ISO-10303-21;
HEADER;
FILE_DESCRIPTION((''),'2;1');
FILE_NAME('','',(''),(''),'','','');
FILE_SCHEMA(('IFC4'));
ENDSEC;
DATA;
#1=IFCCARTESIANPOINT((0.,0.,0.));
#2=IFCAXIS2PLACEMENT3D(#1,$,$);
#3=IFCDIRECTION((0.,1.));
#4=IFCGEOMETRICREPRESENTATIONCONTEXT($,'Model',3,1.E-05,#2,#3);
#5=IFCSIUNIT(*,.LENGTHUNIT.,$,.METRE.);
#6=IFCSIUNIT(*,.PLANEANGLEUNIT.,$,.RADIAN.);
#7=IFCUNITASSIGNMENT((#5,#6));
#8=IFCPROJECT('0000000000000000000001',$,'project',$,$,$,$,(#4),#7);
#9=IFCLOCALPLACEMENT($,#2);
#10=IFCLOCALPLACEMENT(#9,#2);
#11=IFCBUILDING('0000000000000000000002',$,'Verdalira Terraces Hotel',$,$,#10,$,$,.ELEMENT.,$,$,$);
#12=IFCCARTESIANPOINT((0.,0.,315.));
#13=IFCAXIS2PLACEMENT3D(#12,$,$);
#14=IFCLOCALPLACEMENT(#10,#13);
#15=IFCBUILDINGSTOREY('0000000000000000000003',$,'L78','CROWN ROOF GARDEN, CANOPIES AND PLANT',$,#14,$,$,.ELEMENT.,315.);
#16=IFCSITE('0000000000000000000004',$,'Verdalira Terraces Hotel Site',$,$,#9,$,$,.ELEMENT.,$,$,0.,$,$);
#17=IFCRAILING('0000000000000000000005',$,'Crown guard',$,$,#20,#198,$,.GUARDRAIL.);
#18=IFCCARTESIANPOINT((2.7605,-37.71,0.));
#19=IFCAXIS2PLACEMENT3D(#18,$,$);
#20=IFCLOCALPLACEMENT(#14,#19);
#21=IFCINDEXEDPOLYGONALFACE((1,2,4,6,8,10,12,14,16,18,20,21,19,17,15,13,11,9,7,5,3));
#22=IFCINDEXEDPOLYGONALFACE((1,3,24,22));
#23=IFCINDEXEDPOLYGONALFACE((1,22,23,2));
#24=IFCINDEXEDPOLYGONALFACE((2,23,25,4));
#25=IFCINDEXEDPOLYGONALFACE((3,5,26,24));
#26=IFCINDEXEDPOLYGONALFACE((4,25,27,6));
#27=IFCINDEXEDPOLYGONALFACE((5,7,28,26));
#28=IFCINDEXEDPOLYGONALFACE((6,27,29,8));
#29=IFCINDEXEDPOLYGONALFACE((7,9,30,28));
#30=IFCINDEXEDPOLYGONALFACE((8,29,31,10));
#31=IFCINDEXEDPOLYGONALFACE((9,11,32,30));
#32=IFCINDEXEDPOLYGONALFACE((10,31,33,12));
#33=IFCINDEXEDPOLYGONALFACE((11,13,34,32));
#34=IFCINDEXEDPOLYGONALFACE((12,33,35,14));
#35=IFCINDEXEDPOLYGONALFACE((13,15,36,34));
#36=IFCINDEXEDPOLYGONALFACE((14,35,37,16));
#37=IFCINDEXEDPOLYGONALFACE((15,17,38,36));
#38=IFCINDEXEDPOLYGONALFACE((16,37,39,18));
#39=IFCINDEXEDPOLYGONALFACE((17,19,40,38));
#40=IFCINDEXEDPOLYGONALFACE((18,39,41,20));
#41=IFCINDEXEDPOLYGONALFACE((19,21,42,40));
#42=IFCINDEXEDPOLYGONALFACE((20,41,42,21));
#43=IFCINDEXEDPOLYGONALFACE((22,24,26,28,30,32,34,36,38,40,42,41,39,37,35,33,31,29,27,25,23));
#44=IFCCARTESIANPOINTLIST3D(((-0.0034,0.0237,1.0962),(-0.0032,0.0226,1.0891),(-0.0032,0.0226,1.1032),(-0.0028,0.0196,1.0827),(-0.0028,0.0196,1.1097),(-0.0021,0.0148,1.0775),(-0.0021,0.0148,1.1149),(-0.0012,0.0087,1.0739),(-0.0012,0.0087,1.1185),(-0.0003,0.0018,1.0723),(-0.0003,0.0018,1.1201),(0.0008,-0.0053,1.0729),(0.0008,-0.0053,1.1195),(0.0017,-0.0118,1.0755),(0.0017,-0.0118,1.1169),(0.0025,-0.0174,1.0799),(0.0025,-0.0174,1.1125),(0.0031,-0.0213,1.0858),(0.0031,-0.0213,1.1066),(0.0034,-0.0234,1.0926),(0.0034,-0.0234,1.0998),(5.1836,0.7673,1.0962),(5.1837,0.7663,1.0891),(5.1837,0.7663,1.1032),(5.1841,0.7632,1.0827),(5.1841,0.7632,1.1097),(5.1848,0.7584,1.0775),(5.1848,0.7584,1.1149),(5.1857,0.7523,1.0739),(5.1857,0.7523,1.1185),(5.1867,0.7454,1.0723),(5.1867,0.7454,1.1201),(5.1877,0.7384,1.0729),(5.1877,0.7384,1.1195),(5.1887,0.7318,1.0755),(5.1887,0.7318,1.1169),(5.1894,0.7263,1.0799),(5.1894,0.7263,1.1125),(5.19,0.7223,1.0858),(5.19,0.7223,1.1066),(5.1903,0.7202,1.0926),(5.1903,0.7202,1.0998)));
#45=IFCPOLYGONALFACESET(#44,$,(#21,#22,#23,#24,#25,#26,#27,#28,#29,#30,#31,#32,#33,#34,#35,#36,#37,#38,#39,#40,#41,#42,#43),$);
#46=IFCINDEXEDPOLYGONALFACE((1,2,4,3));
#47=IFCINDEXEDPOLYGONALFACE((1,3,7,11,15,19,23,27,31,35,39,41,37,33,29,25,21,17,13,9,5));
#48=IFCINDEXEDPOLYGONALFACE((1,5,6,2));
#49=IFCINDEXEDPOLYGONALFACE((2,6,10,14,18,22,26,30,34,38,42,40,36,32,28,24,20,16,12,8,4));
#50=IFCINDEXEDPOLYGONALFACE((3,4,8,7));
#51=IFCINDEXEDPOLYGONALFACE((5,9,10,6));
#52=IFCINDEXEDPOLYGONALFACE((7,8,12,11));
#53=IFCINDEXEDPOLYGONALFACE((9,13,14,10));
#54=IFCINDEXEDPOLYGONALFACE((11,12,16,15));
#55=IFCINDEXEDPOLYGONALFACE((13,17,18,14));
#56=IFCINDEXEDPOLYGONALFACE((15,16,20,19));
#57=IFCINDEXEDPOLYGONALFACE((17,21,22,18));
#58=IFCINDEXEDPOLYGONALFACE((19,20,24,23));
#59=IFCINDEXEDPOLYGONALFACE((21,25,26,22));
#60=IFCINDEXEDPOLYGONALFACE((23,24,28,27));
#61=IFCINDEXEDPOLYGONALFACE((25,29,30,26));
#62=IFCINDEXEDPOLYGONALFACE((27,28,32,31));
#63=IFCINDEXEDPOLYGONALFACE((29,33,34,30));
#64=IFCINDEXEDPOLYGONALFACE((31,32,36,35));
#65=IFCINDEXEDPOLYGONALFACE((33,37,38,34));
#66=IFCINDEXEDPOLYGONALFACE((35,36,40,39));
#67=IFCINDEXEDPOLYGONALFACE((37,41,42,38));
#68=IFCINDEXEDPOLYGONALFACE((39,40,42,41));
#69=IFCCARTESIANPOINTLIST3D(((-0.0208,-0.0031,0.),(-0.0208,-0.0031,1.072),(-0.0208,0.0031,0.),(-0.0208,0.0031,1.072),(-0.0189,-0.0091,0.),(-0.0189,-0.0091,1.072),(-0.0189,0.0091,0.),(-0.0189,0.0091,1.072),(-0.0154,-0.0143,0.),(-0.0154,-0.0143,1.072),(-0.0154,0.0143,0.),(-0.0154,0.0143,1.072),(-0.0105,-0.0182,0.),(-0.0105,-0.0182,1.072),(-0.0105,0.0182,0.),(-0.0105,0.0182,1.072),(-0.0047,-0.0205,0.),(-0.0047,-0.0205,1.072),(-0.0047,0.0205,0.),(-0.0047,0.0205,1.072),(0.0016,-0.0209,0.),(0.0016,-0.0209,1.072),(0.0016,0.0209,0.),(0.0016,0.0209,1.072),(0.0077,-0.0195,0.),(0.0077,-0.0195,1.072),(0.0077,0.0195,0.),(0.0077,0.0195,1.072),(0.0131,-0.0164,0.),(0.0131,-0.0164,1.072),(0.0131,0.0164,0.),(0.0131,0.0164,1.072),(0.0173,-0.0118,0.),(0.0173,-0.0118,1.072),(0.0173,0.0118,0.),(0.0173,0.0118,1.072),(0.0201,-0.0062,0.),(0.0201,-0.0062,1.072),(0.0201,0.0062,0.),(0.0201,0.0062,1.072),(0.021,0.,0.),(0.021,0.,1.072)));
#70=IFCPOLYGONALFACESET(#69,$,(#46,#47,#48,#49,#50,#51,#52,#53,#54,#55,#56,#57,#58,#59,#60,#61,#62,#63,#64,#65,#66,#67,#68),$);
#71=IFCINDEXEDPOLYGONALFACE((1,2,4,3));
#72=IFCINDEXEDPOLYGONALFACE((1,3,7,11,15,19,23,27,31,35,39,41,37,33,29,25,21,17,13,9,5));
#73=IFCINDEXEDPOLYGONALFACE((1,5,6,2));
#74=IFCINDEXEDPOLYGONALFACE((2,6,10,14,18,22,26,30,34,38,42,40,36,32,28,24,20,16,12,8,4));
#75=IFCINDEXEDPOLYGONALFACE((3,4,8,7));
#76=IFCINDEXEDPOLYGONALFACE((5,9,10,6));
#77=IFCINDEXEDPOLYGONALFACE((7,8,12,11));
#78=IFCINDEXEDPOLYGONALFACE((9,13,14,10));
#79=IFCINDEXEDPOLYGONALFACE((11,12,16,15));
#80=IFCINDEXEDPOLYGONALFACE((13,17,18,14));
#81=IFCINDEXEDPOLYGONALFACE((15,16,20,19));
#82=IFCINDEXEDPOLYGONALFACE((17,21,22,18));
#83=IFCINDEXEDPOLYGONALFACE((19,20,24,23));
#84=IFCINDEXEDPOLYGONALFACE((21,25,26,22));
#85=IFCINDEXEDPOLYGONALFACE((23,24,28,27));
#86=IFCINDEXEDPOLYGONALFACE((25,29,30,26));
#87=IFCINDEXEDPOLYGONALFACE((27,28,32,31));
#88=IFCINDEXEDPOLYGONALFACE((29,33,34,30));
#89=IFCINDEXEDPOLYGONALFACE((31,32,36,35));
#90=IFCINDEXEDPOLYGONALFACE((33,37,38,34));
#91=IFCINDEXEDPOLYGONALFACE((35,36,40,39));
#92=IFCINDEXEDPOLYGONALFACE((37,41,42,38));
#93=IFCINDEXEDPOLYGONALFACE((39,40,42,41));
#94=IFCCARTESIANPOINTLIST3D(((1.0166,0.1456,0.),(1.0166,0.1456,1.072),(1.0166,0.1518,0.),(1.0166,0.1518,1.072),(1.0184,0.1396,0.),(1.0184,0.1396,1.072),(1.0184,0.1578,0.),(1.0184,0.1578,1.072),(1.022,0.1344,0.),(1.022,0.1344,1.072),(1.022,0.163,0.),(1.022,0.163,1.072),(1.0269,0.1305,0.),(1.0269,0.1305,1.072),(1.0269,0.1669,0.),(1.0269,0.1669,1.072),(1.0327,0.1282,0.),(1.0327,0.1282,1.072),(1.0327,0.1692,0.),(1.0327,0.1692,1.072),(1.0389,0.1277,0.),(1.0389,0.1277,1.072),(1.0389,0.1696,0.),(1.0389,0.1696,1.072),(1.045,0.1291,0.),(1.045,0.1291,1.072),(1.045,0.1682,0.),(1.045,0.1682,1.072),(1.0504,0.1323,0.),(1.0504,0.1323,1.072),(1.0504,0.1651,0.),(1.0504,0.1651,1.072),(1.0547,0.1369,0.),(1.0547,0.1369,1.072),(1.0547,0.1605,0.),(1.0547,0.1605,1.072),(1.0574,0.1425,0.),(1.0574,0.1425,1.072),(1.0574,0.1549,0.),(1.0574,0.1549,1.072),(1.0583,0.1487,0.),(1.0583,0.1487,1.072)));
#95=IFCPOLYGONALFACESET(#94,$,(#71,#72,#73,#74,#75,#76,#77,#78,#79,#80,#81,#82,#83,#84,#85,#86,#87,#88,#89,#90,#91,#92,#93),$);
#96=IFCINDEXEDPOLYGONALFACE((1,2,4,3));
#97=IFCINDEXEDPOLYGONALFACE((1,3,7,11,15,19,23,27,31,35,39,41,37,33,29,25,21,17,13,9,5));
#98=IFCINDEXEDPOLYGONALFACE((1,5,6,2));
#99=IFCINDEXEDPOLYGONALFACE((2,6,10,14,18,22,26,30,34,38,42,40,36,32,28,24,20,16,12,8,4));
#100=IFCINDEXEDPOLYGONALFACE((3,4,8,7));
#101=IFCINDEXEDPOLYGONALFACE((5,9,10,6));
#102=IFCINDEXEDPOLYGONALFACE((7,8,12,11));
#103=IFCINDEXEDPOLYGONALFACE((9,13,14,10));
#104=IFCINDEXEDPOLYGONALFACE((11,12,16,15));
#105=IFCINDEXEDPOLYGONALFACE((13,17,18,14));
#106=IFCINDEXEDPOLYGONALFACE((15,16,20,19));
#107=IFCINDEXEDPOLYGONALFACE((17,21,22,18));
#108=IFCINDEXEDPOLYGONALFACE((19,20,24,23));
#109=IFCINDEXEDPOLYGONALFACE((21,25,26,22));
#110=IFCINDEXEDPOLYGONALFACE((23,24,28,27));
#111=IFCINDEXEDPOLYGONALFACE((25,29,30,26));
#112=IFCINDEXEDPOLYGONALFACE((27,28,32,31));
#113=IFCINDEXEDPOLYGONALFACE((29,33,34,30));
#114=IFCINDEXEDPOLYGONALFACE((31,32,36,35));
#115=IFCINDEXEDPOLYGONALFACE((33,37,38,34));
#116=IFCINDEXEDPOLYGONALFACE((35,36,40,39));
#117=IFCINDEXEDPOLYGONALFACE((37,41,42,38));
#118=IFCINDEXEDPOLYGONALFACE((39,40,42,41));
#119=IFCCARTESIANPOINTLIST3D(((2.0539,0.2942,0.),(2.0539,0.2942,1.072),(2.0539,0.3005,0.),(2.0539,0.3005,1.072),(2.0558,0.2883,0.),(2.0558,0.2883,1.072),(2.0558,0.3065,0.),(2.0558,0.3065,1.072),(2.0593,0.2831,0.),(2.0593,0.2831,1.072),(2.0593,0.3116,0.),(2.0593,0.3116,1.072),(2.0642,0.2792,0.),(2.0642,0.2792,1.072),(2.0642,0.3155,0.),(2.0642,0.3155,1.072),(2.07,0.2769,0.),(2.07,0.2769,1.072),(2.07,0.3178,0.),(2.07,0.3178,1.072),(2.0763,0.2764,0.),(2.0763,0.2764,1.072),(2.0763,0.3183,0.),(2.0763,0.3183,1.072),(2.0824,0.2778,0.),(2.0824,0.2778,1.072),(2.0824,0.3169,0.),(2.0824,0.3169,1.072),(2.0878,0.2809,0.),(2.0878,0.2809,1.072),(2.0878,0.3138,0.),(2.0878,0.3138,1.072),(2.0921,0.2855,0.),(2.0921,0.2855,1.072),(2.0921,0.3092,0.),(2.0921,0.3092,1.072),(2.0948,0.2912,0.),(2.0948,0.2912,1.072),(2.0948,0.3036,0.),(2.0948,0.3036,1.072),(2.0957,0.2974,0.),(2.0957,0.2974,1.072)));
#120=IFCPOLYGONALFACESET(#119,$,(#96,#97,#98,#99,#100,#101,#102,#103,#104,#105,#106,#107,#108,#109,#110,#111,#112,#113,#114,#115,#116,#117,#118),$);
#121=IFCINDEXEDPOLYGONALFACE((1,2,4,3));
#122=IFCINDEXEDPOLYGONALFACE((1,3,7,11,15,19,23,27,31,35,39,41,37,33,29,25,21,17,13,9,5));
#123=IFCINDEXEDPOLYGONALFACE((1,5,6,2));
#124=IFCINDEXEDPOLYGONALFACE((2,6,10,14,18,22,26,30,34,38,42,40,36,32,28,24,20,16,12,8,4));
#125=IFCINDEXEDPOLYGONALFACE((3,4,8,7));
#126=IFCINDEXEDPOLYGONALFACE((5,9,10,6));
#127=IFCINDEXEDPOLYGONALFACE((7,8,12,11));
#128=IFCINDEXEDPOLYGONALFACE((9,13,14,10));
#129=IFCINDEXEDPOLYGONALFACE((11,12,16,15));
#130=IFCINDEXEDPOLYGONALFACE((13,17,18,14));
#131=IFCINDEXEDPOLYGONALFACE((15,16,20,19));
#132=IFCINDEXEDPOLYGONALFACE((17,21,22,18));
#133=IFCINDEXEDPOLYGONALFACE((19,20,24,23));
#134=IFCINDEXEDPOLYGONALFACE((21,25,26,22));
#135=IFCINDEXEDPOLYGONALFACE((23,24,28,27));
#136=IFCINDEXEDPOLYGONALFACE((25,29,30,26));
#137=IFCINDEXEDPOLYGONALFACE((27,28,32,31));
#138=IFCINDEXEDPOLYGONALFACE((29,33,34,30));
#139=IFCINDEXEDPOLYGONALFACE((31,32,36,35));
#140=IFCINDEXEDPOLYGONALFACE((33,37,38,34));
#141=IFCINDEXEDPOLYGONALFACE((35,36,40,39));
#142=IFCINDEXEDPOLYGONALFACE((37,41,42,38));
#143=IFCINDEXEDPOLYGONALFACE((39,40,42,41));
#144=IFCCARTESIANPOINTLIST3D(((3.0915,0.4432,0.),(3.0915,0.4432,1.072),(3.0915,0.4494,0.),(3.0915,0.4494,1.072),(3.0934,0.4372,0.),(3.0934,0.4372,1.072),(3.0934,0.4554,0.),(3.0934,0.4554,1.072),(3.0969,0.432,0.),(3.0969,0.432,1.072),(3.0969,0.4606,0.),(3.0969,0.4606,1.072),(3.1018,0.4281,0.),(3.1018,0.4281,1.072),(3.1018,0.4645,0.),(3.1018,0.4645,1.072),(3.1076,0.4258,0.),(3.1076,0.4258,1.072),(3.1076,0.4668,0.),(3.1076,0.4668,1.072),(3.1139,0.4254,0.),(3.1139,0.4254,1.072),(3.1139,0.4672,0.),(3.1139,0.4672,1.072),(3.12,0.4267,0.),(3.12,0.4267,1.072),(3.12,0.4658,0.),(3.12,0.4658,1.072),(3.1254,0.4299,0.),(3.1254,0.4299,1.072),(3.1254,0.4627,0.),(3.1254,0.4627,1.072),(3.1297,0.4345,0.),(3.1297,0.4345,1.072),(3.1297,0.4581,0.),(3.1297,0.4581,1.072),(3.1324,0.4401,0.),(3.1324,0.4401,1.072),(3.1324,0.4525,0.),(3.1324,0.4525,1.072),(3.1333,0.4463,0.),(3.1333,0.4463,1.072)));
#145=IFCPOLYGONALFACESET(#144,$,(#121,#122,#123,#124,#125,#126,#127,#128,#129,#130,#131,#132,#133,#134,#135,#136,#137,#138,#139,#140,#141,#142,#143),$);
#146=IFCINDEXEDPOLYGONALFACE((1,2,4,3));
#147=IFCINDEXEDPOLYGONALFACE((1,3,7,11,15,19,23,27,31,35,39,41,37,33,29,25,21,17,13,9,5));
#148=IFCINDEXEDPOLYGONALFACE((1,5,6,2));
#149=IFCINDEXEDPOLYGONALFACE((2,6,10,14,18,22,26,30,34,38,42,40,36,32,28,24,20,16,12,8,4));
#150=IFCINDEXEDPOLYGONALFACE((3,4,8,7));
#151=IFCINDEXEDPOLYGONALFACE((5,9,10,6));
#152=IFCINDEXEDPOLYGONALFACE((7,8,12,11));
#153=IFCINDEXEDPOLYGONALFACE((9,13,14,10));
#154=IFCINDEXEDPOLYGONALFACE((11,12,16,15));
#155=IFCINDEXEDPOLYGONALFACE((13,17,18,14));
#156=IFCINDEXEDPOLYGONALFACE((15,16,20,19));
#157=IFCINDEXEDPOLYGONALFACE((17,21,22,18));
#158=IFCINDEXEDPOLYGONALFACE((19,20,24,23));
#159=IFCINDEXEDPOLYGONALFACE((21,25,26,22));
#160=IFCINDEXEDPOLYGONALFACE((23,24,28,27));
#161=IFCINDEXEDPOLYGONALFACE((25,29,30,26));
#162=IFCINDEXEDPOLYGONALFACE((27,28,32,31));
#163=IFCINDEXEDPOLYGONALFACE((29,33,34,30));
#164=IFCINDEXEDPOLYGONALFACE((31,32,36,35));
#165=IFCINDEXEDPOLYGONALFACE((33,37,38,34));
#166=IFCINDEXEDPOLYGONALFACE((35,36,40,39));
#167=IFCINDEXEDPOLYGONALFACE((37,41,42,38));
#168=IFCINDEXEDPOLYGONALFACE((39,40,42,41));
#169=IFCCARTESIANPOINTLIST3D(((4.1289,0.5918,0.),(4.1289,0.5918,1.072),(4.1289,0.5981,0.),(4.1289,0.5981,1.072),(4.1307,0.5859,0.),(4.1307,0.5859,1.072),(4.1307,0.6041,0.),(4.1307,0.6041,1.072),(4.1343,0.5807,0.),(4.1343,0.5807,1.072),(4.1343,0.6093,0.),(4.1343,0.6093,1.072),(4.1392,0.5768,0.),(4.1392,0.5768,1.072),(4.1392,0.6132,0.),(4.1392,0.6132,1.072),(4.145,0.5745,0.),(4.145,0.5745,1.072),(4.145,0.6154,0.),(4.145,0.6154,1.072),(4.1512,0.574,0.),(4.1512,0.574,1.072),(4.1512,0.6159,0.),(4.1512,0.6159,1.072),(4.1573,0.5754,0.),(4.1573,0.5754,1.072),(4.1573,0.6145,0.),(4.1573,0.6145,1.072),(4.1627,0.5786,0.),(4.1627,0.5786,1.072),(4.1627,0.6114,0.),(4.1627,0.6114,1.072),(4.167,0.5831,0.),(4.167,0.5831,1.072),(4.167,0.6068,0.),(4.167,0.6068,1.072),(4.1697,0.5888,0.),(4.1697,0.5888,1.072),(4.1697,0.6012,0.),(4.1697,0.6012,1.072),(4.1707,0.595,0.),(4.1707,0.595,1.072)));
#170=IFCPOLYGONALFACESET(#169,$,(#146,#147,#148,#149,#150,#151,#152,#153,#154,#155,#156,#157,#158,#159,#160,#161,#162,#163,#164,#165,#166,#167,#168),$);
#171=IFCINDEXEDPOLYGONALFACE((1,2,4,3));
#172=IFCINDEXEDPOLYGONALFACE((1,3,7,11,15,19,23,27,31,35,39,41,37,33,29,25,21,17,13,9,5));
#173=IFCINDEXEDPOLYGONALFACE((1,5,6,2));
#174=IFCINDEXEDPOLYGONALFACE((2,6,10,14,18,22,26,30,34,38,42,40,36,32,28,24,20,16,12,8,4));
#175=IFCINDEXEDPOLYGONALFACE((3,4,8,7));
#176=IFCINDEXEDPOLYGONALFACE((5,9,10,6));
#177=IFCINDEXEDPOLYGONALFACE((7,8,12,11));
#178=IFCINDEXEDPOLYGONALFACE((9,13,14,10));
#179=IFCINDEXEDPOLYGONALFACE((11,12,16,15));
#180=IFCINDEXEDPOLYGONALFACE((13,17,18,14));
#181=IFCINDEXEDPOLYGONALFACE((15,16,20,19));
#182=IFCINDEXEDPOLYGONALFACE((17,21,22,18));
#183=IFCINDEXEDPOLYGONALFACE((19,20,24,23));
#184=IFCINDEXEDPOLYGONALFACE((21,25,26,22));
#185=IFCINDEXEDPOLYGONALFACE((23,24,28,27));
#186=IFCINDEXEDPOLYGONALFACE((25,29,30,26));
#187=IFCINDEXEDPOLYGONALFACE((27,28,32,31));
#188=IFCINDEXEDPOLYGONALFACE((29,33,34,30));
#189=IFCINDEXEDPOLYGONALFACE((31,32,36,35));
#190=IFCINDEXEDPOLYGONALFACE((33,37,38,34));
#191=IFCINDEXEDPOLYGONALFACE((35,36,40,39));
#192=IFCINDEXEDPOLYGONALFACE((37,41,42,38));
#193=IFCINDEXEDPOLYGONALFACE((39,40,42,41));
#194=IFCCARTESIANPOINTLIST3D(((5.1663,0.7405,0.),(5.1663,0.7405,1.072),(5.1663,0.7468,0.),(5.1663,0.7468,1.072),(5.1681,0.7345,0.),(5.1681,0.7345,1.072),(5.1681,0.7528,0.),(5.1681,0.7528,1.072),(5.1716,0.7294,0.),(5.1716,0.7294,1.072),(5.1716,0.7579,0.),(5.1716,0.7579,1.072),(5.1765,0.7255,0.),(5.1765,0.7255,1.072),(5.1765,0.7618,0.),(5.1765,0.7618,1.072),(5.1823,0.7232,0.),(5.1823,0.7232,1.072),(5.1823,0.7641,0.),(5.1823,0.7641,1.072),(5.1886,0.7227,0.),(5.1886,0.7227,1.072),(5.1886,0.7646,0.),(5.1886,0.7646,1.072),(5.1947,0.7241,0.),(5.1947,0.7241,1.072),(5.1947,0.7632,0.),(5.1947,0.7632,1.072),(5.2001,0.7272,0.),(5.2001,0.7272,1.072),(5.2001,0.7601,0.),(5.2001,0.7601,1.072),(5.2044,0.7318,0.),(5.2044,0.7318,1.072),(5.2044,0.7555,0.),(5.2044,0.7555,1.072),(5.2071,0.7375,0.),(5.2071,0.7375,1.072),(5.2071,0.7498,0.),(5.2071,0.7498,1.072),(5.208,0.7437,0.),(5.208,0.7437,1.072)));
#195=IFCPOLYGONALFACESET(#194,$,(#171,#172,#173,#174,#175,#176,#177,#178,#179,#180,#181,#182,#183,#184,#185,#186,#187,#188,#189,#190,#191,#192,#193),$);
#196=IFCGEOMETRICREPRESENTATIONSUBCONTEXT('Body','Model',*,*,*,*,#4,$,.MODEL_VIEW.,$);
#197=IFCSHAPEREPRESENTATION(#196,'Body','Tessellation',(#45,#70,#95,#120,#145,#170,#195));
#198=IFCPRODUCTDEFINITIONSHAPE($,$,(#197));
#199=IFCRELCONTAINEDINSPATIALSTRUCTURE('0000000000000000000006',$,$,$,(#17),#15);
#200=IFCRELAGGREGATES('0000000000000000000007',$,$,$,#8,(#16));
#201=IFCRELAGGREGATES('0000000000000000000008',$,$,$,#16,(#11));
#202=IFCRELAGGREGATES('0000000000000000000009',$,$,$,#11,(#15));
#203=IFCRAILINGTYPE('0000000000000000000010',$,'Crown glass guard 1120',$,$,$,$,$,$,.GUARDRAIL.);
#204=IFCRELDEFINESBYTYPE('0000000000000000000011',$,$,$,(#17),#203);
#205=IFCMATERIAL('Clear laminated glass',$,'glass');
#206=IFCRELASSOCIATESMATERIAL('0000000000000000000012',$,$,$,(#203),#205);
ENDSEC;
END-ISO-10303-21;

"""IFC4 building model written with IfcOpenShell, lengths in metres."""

from ifc_helpers import new_model, si_unit, direction, frame, origin, origin_2d, place, context, subcontext, project, spatial, circle, extrude, material, type_object, element, save


model = new_model("IFC4")

# Units and contexts
model_context = context("Model", 3, precision=1e-05, world=origin(), true_north=direction((0.0, 1.0)))
body_context = subcontext(model_context, "Body", "Model", "MODEL_VIEW")
ifc_project = project(units=[si_unit("LENGTHUNIT", "METRE"), si_unit("PLANEANGLEUNIT", "RADIAN")], contexts=[model_context])

# Site, building, storey
site_placement = place(None, origin())
site = spatial("IfcSite", under=ifc_project, at=site_placement, Name="Verdalira Terraces Hotel Site", CompositionType="ELEMENT", RefElevation=0.0)
building_placement = place(site_placement, origin())
building = spatial("IfcBuilding", under=site, at=building_placement, Name="Verdalira Terraces Hotel", CompositionType="ELEMENT")
storey_placement = place(building_placement, frame((0.0, 0.0, 315.0)))
storey = spatial("IfcBuildingStorey", under=building, at=storey_placement, Name="L78", Description="CROWN ROOF GARDEN, CANOPIES AND PLANT", CompositionType="ELEMENT", Elevation=315.0)

# Railing
ifc_material_1 = material(Name="Clear laminated glass", Category="glass")
railing_type = type_object("IfcRailingType", Name="Crown glass guard 1120", PredefinedType="GUARDRAIL", material=ifc_material_1)
railing_1_placement = place(storey_placement, frame((2.7605, -37.71, 0.0)))
element("IfcRailing", 1, at=railing_1_placement, inside=storey, type_object=railing_type, Name="Crown guard", PredefinedType="GUARDRAIL", context=body_context, shape_type="SweptSolid", body=[
    extrude(circle(Radius=0.0239, at=origin_2d()), frame((0.0, 0.0, 1.0962), z_axis=(0.989879, 0.141917, 0.0), x_axis=(-0.141917, 0.989879, 0.0)), (0.0, 0.0, 1.0), 5.24),
    extrude(circle(Radius=0.021, at=origin_2d()), origin(), (0.0, 0.0, 1.0), 1.072),
    extrude(circle(Radius=0.021, at=origin_2d()), frame((1.0374, 0.1487, 0.0)), (0.0, 0.0, 1.0), 1.072),
    extrude(circle(Radius=0.021, at=origin_2d()), frame((2.0747, 0.2974, 0.0)), (0.0, 0.0, 1.0), 1.072),
    extrude(circle(Radius=0.021, at=origin_2d()), frame((3.1123, 0.4463, 0.0)), (0.0, 0.0, 1.0), 1.072),
    extrude(circle(Radius=0.021, at=origin_2d()), frame((4.1497, 0.595, 0.0)), (0.0, 0.0, 1.0), 1.072),
    extrude(circle(Radius=0.021, at=origin_2d()), frame((5.187, 0.7437, 0.0)), (0.0, 0.0, 1.0), 1.072),
])

save(model, "model.ifc")
